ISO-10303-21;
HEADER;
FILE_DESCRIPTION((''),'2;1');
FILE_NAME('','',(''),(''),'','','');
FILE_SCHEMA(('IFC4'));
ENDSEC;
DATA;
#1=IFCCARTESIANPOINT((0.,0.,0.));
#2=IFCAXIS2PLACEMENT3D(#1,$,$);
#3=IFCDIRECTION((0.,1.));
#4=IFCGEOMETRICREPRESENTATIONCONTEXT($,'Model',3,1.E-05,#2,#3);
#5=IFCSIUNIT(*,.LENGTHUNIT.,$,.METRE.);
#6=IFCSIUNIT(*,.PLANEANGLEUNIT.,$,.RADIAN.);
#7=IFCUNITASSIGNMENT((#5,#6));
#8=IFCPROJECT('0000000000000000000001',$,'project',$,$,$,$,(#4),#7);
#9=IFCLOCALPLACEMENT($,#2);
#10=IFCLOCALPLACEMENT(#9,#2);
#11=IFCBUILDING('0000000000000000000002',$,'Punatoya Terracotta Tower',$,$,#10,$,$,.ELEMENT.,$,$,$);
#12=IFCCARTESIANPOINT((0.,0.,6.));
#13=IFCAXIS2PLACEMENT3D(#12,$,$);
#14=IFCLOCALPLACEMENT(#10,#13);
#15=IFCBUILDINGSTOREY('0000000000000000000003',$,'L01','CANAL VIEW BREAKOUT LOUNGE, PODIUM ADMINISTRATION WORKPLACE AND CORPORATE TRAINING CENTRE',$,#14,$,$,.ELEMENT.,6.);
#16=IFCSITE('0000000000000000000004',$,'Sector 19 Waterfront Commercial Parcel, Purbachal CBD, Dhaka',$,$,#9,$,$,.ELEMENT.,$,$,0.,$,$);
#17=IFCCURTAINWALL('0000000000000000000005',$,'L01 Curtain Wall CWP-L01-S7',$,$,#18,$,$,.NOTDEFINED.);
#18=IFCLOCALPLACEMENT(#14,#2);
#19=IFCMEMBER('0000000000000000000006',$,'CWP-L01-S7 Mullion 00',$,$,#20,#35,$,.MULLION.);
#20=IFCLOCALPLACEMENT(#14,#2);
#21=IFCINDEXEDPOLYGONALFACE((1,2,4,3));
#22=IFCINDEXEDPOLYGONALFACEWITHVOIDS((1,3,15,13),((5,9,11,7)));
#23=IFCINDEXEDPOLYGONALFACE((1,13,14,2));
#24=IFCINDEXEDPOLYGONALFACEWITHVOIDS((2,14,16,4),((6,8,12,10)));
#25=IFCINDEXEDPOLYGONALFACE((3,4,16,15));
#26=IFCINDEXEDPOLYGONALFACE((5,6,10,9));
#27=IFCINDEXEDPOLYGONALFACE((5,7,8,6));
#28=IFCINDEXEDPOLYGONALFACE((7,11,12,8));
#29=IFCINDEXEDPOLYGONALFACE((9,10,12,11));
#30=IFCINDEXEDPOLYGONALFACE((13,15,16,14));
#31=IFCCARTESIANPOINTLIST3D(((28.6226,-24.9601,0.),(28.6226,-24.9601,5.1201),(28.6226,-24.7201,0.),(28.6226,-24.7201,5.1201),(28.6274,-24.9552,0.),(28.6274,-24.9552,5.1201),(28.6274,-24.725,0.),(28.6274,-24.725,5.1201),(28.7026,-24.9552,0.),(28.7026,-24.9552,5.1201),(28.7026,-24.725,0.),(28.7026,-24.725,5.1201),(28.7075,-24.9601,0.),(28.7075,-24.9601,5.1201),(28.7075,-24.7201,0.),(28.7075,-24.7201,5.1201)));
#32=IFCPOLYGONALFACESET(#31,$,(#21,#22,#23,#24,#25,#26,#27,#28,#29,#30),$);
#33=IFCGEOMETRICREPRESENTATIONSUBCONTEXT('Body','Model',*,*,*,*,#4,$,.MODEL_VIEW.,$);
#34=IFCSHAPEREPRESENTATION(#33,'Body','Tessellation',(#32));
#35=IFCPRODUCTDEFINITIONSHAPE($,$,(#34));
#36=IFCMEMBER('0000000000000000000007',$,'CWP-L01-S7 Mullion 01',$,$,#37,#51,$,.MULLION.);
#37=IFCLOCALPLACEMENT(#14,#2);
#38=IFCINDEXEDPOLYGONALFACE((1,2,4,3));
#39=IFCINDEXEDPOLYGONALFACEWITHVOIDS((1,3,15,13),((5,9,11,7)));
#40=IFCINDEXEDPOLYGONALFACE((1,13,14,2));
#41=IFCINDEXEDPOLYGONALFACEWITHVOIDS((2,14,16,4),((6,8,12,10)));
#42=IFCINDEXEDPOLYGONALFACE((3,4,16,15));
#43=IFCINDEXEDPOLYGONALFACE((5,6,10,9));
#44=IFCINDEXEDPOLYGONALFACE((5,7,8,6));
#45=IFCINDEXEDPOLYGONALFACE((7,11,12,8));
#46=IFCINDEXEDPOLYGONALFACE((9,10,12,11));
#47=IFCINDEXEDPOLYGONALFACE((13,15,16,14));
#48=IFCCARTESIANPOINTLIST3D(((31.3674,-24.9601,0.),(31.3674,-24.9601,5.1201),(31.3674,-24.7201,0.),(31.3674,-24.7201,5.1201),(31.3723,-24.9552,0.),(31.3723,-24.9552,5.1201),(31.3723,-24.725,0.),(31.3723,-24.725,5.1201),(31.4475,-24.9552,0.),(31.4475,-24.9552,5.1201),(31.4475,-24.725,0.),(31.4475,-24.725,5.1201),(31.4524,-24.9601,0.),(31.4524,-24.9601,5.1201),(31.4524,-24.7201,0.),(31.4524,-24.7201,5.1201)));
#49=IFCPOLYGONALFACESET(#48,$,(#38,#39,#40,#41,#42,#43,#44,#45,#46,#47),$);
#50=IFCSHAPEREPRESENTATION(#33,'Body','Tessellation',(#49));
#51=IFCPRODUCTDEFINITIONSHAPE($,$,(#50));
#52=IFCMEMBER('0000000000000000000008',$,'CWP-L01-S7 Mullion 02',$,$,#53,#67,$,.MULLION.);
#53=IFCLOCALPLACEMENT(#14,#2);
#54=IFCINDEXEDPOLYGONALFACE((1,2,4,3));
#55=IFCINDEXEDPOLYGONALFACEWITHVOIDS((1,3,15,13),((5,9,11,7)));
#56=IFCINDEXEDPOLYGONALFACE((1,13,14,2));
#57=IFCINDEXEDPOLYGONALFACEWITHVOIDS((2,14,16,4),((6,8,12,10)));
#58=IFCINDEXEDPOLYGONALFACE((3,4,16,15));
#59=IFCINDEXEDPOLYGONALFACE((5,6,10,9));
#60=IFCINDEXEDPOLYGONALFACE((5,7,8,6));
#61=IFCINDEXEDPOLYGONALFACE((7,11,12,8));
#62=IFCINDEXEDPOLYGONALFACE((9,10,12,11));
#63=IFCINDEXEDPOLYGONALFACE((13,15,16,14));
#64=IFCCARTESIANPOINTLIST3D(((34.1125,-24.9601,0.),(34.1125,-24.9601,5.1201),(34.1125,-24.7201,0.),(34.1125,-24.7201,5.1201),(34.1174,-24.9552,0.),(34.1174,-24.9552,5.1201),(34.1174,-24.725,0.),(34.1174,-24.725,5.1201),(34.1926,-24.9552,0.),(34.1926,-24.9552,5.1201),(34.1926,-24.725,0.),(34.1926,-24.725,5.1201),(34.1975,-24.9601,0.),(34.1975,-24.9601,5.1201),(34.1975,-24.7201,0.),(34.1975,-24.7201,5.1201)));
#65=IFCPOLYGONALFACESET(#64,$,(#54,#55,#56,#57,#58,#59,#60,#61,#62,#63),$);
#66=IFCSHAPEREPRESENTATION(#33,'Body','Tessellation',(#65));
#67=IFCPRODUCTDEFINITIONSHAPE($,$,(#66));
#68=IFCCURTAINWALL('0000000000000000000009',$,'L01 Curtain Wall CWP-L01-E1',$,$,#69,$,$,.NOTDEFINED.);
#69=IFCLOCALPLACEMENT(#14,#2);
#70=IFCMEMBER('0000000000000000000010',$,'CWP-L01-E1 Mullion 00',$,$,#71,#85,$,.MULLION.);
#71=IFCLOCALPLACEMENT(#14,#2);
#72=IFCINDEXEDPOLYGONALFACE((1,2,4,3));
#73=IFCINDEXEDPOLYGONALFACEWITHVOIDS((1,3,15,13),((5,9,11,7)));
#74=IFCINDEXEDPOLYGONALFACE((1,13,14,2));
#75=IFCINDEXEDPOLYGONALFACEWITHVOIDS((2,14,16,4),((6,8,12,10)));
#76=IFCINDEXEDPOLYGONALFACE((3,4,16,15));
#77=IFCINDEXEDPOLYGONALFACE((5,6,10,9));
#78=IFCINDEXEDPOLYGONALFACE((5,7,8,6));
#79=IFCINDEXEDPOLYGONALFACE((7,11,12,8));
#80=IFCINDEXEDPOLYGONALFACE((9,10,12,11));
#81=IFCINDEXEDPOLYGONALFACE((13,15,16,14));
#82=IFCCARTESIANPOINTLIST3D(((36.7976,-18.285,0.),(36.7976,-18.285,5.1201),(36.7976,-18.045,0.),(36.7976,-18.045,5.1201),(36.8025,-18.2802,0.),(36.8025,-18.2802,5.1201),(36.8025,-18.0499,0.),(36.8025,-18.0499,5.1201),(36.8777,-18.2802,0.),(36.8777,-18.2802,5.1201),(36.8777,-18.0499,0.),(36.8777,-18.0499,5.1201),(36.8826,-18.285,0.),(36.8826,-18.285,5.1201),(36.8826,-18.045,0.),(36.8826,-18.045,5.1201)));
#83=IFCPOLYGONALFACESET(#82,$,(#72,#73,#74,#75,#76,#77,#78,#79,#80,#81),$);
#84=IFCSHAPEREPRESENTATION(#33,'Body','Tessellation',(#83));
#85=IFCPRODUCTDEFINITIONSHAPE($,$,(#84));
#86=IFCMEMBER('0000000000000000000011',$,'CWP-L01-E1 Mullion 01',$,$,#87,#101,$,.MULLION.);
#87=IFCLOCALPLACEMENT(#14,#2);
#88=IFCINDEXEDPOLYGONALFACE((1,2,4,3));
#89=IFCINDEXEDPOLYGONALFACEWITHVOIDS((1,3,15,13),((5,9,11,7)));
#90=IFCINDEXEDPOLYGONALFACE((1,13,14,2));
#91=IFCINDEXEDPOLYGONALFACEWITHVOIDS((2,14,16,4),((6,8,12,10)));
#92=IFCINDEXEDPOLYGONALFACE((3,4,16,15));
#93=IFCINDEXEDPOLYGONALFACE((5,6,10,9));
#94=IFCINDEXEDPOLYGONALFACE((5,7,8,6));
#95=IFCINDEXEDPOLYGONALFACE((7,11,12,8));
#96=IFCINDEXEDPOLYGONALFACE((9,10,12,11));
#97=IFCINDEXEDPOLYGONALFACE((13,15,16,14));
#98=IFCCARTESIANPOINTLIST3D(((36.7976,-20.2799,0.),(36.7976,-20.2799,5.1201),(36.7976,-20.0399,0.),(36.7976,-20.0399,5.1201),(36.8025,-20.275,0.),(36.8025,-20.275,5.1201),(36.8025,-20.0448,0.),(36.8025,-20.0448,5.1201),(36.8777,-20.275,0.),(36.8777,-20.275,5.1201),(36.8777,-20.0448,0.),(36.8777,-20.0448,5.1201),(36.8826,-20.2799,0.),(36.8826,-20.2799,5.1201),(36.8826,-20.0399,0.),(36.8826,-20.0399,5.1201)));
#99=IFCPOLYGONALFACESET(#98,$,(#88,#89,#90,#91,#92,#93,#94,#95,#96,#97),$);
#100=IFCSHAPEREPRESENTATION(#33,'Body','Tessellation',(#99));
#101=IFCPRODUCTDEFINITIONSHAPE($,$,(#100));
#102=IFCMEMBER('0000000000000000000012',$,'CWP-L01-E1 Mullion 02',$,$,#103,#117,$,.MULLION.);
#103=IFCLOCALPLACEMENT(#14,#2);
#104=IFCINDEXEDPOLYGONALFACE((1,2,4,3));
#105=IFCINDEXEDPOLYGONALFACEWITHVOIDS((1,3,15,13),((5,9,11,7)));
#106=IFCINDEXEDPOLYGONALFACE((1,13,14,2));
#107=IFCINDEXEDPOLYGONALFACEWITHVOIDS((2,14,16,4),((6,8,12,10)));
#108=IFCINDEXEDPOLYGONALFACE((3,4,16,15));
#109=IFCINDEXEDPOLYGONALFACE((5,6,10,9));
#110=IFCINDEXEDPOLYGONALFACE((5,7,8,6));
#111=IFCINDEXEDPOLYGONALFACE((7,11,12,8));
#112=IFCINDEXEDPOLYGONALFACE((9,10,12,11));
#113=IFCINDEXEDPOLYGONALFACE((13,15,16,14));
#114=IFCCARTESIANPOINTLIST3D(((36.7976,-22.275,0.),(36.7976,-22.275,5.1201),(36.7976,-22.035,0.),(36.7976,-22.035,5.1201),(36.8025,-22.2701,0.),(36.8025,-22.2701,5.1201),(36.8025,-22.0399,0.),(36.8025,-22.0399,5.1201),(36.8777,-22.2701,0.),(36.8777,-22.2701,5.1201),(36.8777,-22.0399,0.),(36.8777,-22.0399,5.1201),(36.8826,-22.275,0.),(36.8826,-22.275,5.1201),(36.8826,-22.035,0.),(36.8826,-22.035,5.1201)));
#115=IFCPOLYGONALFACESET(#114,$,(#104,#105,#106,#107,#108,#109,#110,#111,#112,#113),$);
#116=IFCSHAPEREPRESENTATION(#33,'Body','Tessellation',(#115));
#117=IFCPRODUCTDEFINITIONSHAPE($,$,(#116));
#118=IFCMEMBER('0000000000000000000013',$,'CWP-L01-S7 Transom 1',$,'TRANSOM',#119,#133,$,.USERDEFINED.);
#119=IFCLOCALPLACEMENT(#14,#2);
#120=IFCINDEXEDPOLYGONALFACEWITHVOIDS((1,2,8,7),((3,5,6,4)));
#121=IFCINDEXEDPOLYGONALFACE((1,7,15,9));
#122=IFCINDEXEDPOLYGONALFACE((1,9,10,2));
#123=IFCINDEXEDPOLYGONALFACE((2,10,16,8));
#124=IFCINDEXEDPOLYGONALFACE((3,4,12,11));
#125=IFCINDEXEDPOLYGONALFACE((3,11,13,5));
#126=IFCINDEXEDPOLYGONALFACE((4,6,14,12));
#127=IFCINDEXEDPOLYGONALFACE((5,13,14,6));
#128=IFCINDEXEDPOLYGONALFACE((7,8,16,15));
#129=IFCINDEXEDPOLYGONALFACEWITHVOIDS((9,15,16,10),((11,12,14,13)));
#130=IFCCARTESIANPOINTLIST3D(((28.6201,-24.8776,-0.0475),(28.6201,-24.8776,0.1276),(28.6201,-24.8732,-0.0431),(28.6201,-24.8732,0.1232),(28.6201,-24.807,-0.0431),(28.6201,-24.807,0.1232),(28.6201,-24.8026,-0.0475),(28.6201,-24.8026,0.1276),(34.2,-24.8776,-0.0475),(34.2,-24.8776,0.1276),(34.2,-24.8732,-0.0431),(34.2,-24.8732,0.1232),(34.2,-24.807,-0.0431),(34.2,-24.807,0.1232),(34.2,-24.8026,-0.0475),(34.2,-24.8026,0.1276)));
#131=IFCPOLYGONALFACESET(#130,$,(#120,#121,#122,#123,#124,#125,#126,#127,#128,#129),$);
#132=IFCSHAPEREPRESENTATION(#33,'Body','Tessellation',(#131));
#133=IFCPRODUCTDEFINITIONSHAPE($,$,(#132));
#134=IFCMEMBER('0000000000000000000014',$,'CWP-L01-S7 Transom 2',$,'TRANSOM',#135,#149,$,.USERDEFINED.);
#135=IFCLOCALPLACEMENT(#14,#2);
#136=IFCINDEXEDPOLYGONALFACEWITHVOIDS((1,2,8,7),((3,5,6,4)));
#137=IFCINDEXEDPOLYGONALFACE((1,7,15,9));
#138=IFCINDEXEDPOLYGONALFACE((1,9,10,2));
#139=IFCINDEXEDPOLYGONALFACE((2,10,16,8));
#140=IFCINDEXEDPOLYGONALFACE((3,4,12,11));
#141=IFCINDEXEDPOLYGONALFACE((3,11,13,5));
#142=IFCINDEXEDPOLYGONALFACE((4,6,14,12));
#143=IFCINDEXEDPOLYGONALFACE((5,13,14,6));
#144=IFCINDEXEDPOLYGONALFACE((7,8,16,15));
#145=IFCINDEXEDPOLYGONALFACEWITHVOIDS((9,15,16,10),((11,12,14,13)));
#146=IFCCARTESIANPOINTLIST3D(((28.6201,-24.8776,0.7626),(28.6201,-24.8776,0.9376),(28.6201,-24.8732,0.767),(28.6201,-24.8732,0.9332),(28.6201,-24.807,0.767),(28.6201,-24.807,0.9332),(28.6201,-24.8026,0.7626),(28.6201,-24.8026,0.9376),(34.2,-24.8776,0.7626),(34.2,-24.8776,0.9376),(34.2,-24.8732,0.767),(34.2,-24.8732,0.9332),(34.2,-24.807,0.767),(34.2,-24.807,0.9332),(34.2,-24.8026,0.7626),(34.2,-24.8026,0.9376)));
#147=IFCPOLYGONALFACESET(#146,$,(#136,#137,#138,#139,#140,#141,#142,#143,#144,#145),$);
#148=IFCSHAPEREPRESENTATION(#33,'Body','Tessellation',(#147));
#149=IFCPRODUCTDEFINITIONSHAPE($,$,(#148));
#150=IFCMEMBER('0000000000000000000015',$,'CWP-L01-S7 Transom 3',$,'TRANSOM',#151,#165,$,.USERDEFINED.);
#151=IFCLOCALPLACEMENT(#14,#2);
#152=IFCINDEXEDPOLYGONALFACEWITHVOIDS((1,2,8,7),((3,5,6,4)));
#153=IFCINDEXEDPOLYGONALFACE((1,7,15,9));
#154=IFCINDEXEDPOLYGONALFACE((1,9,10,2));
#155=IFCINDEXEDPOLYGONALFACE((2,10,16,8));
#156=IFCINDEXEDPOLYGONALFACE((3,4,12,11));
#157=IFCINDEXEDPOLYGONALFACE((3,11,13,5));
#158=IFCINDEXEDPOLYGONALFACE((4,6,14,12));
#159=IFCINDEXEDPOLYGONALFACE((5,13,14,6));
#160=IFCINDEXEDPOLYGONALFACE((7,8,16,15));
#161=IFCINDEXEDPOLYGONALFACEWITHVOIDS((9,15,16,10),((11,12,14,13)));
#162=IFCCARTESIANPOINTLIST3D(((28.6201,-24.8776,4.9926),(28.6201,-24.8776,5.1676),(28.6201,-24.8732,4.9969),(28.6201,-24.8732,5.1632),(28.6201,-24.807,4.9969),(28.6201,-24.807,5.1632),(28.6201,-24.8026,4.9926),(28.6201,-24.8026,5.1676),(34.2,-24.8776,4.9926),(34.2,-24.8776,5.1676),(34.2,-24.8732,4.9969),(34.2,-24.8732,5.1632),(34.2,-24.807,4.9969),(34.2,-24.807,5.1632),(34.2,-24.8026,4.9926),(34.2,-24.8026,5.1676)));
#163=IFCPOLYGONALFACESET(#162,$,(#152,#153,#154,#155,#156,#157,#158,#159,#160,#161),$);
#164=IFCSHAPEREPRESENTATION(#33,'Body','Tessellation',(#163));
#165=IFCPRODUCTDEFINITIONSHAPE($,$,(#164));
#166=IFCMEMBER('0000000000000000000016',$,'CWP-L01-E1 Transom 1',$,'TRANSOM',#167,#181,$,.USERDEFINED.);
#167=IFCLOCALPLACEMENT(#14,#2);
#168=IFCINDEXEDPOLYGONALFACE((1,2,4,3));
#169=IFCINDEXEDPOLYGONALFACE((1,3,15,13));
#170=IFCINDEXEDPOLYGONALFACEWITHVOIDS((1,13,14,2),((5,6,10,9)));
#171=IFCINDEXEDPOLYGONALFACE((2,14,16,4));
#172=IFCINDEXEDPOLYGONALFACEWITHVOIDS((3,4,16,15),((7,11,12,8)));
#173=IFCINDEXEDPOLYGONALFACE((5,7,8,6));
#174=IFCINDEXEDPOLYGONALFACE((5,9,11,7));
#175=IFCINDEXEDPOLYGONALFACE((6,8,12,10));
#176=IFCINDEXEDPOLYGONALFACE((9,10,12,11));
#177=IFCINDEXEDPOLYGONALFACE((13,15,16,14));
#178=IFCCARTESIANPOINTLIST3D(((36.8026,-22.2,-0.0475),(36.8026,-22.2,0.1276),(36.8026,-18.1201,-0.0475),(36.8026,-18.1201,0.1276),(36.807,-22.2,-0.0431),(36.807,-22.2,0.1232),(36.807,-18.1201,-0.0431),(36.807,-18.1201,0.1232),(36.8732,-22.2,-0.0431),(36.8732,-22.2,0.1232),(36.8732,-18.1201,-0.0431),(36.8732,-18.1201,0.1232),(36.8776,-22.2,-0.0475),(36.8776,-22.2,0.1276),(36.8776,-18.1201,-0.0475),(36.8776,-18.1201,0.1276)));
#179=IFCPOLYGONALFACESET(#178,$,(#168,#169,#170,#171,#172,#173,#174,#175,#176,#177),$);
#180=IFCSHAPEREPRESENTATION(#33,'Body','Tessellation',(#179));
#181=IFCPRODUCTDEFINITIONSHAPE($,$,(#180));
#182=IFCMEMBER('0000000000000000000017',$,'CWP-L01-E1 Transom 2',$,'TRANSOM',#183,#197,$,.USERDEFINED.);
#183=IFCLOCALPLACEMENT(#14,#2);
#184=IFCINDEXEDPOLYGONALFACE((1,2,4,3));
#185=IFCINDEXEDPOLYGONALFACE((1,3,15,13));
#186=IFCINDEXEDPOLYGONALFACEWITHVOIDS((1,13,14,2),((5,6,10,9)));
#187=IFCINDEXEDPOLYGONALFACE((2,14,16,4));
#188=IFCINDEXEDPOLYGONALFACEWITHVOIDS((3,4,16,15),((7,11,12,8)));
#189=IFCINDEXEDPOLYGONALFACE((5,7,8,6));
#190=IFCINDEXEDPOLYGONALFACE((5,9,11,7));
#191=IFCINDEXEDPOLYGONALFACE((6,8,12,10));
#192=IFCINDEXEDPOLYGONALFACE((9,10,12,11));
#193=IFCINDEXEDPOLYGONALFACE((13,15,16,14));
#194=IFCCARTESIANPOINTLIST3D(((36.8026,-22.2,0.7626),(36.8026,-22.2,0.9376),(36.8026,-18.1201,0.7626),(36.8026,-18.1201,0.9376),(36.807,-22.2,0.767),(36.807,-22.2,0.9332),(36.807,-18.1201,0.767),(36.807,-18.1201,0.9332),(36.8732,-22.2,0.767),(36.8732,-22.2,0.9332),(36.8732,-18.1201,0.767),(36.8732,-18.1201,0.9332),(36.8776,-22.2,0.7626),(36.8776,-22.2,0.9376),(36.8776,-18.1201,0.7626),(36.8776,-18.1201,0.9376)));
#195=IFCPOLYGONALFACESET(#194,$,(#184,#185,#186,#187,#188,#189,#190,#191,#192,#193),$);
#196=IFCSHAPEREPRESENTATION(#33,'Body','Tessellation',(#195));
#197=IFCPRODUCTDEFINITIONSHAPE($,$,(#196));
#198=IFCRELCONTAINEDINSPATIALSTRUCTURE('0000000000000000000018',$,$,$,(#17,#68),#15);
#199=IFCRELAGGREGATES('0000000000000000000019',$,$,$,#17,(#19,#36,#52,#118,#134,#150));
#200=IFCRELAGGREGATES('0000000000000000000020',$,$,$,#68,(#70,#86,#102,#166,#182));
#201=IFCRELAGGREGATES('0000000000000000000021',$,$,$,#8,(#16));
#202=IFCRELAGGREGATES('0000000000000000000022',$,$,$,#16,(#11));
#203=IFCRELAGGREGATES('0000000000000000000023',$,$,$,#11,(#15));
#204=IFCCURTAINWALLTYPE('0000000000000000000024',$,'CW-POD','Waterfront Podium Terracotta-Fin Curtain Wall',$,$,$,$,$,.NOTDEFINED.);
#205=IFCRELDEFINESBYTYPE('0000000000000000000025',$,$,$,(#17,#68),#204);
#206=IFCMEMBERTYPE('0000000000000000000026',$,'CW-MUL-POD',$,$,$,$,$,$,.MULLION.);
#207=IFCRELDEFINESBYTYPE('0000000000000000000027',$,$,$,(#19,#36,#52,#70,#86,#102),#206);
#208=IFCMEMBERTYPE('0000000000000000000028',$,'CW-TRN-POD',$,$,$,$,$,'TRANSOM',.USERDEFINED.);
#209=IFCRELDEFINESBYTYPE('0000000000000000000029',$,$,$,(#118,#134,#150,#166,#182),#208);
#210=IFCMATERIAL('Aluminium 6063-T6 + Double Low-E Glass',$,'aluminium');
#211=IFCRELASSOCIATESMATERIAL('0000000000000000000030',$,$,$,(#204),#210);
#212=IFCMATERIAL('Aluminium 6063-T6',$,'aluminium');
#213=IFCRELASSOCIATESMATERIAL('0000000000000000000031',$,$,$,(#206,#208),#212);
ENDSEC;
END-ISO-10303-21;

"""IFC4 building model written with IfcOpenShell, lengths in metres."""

from ifc_helpers import new_model, si_unit, direction, frame, origin, origin_2d, place, context, subcontext, project, spatial, hollow_rectangle, extrude, material, material_profile, profile_set, type_object, element, aggregate, save


model = new_model("IFC4")

# Units and contexts
model_context = context("Model", 3, precision=1e-05, world=origin(), true_north=direction((0.0, 1.0)))
body_context = subcontext(model_context, "Body", "Model", "MODEL_VIEW")
ifc_project = project(units=[si_unit("LENGTHUNIT", "METRE"), si_unit("PLANEANGLEUNIT", "RADIAN")], contexts=[model_context])

# Site, building, storey
site_placement = place(None, origin())
site = spatial("IfcSite", under=ifc_project, at=site_placement, Name="Sector 19 Waterfront Commercial Parcel, Purbachal CBD, Dhaka", CompositionType="ELEMENT", RefElevation=0.0)
building_placement = place(site_placement, origin())
building = spatial("IfcBuilding", under=site, at=building_placement, Name="Punatoya Terracotta Tower", CompositionType="ELEMENT")
storey_placement = place(building_placement, frame((0.0, 0.0, 6.0)))
storey = spatial("IfcBuildingStorey", under=building, at=storey_placement, Name="L01", Description="CANAL VIEW BREAKOUT LOUNGE, PODIUM ADMINISTRATION WORKPLACE AND CORPORATE TRAINING CENTRE", CompositionType="ELEMENT", Elevation=6.0)

# Curtain walls, members
ifc_material_1 = material(Name="Aluminium 6063-T6 + Double Low-E Glass", Category="aluminium")
curtain_wall_type = type_object("IfcCurtainWallType", Name="CW-POD", Description="Waterfront Podium Terracotta-Fin Curtain Wall", PredefinedType="NOTDEFINED", material=ifc_material_1)
ifc_material_2 = material(Name="Aluminium 6063-T6", Category="aluminium")
ifc_material_profile_1 = material_profile(ifc_material_2, hollow_rectangle(XDim=0.085, YDim=0.24, WallThickness=0.0049, at=origin_2d()))
ifc_profile_set_1 = profile_set([ifc_material_profile_1], Name="Aluminium 6063-T6")
member_type_1 = type_object("IfcMemberType", Name="CW-MUL-POD", PredefinedType="MULLION", material=ifc_profile_set_1)
curtain_wall_1_placement = place(storey_placement, origin())
curtain_wall_1 = element("IfcCurtainWall", 1, at=curtain_wall_1_placement, inside=storey, type_object=curtain_wall_type, Name="L01 Curtain Wall CWP-L01-S7", PredefinedType="NOTDEFINED")
member_1_placement = place(storey_placement, frame((28.665, -24.8401, 0.0), z_axis=(0.0, 0.0, 1.0), x_axis=(1.0, 0.0, 0.0)))
member_1 = element("IfcMember", 2, at=member_1_placement, type_object=member_type_1, Name="CWP-L01-S7 Mullion 00", PredefinedType="MULLION", context=body_context, shape_type="SweptSolid", body=[
    extrude(hollow_rectangle(XDim=0.085, YDim=0.24, WallThickness=0.0049, at=origin_2d()), origin(), (0.0, 0.0, 1.0), 5.1201),
])
member_2_placement = place(storey_placement, frame((31.4099, -24.8401, 0.0), z_axis=(0.0, 0.0, 1.0), x_axis=(1.0, 0.0, 0.0)))
member_2 = element("IfcMember", 3, at=member_2_placement, type_object=member_type_1, Name="CWP-L01-S7 Mullion 01", PredefinedType="MULLION", context=body_context, shape_type="SweptSolid", body=[
    extrude(hollow_rectangle(XDim=0.085, YDim=0.24, WallThickness=0.0049, at=origin_2d()), origin(), (0.0, 0.0, 1.0), 5.1201),
])
member_3_placement = place(storey_placement, frame((34.155, -24.8401, 0.0), z_axis=(0.0, 0.0, 1.0), x_axis=(1.0, 0.0, 0.0)))
member_3 = element("IfcMember", 4, at=member_3_placement, type_object=member_type_1, Name="CWP-L01-S7 Mullion 02", PredefinedType="MULLION", context=body_context, shape_type="SweptSolid", body=[
    extrude(hollow_rectangle(XDim=0.085, YDim=0.24, WallThickness=0.0049, at=origin_2d()), origin(), (0.0, 0.0, 1.0), 5.1201),
])
curtain_wall_2_placement = place(storey_placement, origin())
curtain_wall_2 = element("IfcCurtainWall", 5, at=curtain_wall_2_placement, inside=storey, type_object=curtain_wall_type, Name="L01 Curtain Wall CWP-L01-E1", PredefinedType="NOTDEFINED")
member_4_placement = place(storey_placement, frame((36.8401, -18.165, 0.0), z_axis=(0.0, 0.0, 1.0), x_axis=(1.0, 0.0, 0.0)))
member_4 = element("IfcMember", 6, at=member_4_placement, type_object=member_type_1, Name="CWP-L01-E1 Mullion 00", PredefinedType="MULLION", context=body_context, shape_type="SweptSolid", body=[
    extrude(hollow_rectangle(XDim=0.085, YDim=0.24, WallThickness=0.0049, at=origin_2d()), origin(), (0.0, 0.0, 1.0), 5.1201),
])
member_5_placement = place(storey_placement, frame((36.8401, -20.1599, 0.0), z_axis=(0.0, 0.0, 1.0), x_axis=(1.0, 0.0, 0.0)))
member_5 = element("IfcMember", 7, at=member_5_placement, type_object=member_type_1, Name="CWP-L01-E1 Mullion 01", PredefinedType="MULLION", context=body_context, shape_type="SweptSolid", body=[
    extrude(hollow_rectangle(XDim=0.085, YDim=0.24, WallThickness=0.0049, at=origin_2d()), origin(), (0.0, 0.0, 1.0), 5.1201),
])
member_6_placement = place(storey_placement, frame((36.8401, -22.155, 0.0), z_axis=(0.0, 0.0, 1.0), x_axis=(1.0, 0.0, 0.0)))
member_6 = element("IfcMember", 8, at=member_6_placement, type_object=member_type_1, Name="CWP-L01-E1 Mullion 02", PredefinedType="MULLION", context=body_context, shape_type="SweptSolid", body=[
    extrude(hollow_rectangle(XDim=0.085, YDim=0.24, WallThickness=0.0049, at=origin_2d()), origin(), (0.0, 0.0, 1.0), 5.1201),
])

# Members
ifc_material_profile_2 = material_profile(ifc_material_2, hollow_rectangle(XDim=0.075, YDim=0.175, WallThickness=0.0044, at=origin_2d()))
ifc_profile_set_2 = profile_set([ifc_material_profile_2], Name="Aluminium 6063-T6")
member_type_2 = type_object("IfcMemberType", Name="CW-TRN-POD", ElementType="TRANSOM", PredefinedType="USERDEFINED", material=ifc_profile_set_2)
member_7_placement = place(storey_placement, frame((28.6201, -24.8401, 0.04), z_axis=(1.0, 0.0, 0.0), x_axis=(0.0, 1.0, 0.0)))
member_7 = element("IfcMember", 9, at=member_7_placement, type_object=member_type_2, Name="CWP-L01-S7 Transom 1", ObjectType="TRANSOM", PredefinedType="USERDEFINED", context=body_context, shape_type="SweptSolid", body=[
    extrude(hollow_rectangle(XDim=0.075, YDim=0.175, WallThickness=0.0044, at=origin_2d()), origin(), (0.0, 0.0, 1.0), 5.5798),
])
member_8_placement = place(storey_placement, frame((28.6201, -24.8401, 0.8501), z_axis=(1.0, 0.0, 0.0), x_axis=(0.0, 1.0, 0.0)))
member_8 = element("IfcMember", 10, at=member_8_placement, type_object=member_type_2, Name="CWP-L01-S7 Transom 2", ObjectType="TRANSOM", PredefinedType="USERDEFINED", context=body_context, shape_type="SweptSolid", body=[
    extrude(hollow_rectangle(XDim=0.075, YDim=0.175, WallThickness=0.0044, at=origin_2d()), origin(), (0.0, 0.0, 1.0), 5.5798),
])
member_9_placement = place(storey_placement, frame((28.6201, -24.8401, 5.0801), z_axis=(1.0, 0.0, 0.0), x_axis=(0.0, 1.0, 0.0)))
member_9 = element("IfcMember", 11, at=member_9_placement, type_object=member_type_2, Name="CWP-L01-S7 Transom 3", ObjectType="TRANSOM", PredefinedType="USERDEFINED", context=body_context, shape_type="SweptSolid", body=[
    extrude(hollow_rectangle(XDim=0.075, YDim=0.175, WallThickness=0.0044, at=origin_2d()), origin(), (0.0, 0.0, 1.0), 5.5798),
])
member_10_placement = place(storey_placement, frame((36.8401, -18.1201, 0.04), z_axis=(0.0, -1.0, 0.0), x_axis=(1.0, 0.0, 0.0)))
member_10 = element("IfcMember", 12, at=member_10_placement, type_object=member_type_2, Name="CWP-L01-E1 Transom 1", ObjectType="TRANSOM", PredefinedType="USERDEFINED", context=body_context, shape_type="SweptSolid", body=[
    extrude(hollow_rectangle(XDim=0.075, YDim=0.175, WallThickness=0.0044, at=origin_2d()), origin(), (0.0, 0.0, 1.0), 4.0798),
])
member_11_placement = place(storey_placement, frame((36.8401, -18.1201, 0.8501), z_axis=(0.0, -1.0, 0.0), x_axis=(1.0, 0.0, 0.0)))
member_11 = element("IfcMember", 13, at=member_11_placement, type_object=member_type_2, Name="CWP-L01-E1 Transom 2", ObjectType="TRANSOM", PredefinedType="USERDEFINED", context=body_context, shape_type="SweptSolid", body=[
    extrude(hollow_rectangle(XDim=0.075, YDim=0.175, WallThickness=0.0044, at=origin_2d()), origin(), (0.0, 0.0, 1.0), 4.0798),
])

aggregate(curtain_wall_1, [member_1, member_2, member_3, member_7, member_8, member_9])
aggregate(curtain_wall_2, [member_4, member_5, member_6, member_10, member_11])

save(model, "model.ifc")
